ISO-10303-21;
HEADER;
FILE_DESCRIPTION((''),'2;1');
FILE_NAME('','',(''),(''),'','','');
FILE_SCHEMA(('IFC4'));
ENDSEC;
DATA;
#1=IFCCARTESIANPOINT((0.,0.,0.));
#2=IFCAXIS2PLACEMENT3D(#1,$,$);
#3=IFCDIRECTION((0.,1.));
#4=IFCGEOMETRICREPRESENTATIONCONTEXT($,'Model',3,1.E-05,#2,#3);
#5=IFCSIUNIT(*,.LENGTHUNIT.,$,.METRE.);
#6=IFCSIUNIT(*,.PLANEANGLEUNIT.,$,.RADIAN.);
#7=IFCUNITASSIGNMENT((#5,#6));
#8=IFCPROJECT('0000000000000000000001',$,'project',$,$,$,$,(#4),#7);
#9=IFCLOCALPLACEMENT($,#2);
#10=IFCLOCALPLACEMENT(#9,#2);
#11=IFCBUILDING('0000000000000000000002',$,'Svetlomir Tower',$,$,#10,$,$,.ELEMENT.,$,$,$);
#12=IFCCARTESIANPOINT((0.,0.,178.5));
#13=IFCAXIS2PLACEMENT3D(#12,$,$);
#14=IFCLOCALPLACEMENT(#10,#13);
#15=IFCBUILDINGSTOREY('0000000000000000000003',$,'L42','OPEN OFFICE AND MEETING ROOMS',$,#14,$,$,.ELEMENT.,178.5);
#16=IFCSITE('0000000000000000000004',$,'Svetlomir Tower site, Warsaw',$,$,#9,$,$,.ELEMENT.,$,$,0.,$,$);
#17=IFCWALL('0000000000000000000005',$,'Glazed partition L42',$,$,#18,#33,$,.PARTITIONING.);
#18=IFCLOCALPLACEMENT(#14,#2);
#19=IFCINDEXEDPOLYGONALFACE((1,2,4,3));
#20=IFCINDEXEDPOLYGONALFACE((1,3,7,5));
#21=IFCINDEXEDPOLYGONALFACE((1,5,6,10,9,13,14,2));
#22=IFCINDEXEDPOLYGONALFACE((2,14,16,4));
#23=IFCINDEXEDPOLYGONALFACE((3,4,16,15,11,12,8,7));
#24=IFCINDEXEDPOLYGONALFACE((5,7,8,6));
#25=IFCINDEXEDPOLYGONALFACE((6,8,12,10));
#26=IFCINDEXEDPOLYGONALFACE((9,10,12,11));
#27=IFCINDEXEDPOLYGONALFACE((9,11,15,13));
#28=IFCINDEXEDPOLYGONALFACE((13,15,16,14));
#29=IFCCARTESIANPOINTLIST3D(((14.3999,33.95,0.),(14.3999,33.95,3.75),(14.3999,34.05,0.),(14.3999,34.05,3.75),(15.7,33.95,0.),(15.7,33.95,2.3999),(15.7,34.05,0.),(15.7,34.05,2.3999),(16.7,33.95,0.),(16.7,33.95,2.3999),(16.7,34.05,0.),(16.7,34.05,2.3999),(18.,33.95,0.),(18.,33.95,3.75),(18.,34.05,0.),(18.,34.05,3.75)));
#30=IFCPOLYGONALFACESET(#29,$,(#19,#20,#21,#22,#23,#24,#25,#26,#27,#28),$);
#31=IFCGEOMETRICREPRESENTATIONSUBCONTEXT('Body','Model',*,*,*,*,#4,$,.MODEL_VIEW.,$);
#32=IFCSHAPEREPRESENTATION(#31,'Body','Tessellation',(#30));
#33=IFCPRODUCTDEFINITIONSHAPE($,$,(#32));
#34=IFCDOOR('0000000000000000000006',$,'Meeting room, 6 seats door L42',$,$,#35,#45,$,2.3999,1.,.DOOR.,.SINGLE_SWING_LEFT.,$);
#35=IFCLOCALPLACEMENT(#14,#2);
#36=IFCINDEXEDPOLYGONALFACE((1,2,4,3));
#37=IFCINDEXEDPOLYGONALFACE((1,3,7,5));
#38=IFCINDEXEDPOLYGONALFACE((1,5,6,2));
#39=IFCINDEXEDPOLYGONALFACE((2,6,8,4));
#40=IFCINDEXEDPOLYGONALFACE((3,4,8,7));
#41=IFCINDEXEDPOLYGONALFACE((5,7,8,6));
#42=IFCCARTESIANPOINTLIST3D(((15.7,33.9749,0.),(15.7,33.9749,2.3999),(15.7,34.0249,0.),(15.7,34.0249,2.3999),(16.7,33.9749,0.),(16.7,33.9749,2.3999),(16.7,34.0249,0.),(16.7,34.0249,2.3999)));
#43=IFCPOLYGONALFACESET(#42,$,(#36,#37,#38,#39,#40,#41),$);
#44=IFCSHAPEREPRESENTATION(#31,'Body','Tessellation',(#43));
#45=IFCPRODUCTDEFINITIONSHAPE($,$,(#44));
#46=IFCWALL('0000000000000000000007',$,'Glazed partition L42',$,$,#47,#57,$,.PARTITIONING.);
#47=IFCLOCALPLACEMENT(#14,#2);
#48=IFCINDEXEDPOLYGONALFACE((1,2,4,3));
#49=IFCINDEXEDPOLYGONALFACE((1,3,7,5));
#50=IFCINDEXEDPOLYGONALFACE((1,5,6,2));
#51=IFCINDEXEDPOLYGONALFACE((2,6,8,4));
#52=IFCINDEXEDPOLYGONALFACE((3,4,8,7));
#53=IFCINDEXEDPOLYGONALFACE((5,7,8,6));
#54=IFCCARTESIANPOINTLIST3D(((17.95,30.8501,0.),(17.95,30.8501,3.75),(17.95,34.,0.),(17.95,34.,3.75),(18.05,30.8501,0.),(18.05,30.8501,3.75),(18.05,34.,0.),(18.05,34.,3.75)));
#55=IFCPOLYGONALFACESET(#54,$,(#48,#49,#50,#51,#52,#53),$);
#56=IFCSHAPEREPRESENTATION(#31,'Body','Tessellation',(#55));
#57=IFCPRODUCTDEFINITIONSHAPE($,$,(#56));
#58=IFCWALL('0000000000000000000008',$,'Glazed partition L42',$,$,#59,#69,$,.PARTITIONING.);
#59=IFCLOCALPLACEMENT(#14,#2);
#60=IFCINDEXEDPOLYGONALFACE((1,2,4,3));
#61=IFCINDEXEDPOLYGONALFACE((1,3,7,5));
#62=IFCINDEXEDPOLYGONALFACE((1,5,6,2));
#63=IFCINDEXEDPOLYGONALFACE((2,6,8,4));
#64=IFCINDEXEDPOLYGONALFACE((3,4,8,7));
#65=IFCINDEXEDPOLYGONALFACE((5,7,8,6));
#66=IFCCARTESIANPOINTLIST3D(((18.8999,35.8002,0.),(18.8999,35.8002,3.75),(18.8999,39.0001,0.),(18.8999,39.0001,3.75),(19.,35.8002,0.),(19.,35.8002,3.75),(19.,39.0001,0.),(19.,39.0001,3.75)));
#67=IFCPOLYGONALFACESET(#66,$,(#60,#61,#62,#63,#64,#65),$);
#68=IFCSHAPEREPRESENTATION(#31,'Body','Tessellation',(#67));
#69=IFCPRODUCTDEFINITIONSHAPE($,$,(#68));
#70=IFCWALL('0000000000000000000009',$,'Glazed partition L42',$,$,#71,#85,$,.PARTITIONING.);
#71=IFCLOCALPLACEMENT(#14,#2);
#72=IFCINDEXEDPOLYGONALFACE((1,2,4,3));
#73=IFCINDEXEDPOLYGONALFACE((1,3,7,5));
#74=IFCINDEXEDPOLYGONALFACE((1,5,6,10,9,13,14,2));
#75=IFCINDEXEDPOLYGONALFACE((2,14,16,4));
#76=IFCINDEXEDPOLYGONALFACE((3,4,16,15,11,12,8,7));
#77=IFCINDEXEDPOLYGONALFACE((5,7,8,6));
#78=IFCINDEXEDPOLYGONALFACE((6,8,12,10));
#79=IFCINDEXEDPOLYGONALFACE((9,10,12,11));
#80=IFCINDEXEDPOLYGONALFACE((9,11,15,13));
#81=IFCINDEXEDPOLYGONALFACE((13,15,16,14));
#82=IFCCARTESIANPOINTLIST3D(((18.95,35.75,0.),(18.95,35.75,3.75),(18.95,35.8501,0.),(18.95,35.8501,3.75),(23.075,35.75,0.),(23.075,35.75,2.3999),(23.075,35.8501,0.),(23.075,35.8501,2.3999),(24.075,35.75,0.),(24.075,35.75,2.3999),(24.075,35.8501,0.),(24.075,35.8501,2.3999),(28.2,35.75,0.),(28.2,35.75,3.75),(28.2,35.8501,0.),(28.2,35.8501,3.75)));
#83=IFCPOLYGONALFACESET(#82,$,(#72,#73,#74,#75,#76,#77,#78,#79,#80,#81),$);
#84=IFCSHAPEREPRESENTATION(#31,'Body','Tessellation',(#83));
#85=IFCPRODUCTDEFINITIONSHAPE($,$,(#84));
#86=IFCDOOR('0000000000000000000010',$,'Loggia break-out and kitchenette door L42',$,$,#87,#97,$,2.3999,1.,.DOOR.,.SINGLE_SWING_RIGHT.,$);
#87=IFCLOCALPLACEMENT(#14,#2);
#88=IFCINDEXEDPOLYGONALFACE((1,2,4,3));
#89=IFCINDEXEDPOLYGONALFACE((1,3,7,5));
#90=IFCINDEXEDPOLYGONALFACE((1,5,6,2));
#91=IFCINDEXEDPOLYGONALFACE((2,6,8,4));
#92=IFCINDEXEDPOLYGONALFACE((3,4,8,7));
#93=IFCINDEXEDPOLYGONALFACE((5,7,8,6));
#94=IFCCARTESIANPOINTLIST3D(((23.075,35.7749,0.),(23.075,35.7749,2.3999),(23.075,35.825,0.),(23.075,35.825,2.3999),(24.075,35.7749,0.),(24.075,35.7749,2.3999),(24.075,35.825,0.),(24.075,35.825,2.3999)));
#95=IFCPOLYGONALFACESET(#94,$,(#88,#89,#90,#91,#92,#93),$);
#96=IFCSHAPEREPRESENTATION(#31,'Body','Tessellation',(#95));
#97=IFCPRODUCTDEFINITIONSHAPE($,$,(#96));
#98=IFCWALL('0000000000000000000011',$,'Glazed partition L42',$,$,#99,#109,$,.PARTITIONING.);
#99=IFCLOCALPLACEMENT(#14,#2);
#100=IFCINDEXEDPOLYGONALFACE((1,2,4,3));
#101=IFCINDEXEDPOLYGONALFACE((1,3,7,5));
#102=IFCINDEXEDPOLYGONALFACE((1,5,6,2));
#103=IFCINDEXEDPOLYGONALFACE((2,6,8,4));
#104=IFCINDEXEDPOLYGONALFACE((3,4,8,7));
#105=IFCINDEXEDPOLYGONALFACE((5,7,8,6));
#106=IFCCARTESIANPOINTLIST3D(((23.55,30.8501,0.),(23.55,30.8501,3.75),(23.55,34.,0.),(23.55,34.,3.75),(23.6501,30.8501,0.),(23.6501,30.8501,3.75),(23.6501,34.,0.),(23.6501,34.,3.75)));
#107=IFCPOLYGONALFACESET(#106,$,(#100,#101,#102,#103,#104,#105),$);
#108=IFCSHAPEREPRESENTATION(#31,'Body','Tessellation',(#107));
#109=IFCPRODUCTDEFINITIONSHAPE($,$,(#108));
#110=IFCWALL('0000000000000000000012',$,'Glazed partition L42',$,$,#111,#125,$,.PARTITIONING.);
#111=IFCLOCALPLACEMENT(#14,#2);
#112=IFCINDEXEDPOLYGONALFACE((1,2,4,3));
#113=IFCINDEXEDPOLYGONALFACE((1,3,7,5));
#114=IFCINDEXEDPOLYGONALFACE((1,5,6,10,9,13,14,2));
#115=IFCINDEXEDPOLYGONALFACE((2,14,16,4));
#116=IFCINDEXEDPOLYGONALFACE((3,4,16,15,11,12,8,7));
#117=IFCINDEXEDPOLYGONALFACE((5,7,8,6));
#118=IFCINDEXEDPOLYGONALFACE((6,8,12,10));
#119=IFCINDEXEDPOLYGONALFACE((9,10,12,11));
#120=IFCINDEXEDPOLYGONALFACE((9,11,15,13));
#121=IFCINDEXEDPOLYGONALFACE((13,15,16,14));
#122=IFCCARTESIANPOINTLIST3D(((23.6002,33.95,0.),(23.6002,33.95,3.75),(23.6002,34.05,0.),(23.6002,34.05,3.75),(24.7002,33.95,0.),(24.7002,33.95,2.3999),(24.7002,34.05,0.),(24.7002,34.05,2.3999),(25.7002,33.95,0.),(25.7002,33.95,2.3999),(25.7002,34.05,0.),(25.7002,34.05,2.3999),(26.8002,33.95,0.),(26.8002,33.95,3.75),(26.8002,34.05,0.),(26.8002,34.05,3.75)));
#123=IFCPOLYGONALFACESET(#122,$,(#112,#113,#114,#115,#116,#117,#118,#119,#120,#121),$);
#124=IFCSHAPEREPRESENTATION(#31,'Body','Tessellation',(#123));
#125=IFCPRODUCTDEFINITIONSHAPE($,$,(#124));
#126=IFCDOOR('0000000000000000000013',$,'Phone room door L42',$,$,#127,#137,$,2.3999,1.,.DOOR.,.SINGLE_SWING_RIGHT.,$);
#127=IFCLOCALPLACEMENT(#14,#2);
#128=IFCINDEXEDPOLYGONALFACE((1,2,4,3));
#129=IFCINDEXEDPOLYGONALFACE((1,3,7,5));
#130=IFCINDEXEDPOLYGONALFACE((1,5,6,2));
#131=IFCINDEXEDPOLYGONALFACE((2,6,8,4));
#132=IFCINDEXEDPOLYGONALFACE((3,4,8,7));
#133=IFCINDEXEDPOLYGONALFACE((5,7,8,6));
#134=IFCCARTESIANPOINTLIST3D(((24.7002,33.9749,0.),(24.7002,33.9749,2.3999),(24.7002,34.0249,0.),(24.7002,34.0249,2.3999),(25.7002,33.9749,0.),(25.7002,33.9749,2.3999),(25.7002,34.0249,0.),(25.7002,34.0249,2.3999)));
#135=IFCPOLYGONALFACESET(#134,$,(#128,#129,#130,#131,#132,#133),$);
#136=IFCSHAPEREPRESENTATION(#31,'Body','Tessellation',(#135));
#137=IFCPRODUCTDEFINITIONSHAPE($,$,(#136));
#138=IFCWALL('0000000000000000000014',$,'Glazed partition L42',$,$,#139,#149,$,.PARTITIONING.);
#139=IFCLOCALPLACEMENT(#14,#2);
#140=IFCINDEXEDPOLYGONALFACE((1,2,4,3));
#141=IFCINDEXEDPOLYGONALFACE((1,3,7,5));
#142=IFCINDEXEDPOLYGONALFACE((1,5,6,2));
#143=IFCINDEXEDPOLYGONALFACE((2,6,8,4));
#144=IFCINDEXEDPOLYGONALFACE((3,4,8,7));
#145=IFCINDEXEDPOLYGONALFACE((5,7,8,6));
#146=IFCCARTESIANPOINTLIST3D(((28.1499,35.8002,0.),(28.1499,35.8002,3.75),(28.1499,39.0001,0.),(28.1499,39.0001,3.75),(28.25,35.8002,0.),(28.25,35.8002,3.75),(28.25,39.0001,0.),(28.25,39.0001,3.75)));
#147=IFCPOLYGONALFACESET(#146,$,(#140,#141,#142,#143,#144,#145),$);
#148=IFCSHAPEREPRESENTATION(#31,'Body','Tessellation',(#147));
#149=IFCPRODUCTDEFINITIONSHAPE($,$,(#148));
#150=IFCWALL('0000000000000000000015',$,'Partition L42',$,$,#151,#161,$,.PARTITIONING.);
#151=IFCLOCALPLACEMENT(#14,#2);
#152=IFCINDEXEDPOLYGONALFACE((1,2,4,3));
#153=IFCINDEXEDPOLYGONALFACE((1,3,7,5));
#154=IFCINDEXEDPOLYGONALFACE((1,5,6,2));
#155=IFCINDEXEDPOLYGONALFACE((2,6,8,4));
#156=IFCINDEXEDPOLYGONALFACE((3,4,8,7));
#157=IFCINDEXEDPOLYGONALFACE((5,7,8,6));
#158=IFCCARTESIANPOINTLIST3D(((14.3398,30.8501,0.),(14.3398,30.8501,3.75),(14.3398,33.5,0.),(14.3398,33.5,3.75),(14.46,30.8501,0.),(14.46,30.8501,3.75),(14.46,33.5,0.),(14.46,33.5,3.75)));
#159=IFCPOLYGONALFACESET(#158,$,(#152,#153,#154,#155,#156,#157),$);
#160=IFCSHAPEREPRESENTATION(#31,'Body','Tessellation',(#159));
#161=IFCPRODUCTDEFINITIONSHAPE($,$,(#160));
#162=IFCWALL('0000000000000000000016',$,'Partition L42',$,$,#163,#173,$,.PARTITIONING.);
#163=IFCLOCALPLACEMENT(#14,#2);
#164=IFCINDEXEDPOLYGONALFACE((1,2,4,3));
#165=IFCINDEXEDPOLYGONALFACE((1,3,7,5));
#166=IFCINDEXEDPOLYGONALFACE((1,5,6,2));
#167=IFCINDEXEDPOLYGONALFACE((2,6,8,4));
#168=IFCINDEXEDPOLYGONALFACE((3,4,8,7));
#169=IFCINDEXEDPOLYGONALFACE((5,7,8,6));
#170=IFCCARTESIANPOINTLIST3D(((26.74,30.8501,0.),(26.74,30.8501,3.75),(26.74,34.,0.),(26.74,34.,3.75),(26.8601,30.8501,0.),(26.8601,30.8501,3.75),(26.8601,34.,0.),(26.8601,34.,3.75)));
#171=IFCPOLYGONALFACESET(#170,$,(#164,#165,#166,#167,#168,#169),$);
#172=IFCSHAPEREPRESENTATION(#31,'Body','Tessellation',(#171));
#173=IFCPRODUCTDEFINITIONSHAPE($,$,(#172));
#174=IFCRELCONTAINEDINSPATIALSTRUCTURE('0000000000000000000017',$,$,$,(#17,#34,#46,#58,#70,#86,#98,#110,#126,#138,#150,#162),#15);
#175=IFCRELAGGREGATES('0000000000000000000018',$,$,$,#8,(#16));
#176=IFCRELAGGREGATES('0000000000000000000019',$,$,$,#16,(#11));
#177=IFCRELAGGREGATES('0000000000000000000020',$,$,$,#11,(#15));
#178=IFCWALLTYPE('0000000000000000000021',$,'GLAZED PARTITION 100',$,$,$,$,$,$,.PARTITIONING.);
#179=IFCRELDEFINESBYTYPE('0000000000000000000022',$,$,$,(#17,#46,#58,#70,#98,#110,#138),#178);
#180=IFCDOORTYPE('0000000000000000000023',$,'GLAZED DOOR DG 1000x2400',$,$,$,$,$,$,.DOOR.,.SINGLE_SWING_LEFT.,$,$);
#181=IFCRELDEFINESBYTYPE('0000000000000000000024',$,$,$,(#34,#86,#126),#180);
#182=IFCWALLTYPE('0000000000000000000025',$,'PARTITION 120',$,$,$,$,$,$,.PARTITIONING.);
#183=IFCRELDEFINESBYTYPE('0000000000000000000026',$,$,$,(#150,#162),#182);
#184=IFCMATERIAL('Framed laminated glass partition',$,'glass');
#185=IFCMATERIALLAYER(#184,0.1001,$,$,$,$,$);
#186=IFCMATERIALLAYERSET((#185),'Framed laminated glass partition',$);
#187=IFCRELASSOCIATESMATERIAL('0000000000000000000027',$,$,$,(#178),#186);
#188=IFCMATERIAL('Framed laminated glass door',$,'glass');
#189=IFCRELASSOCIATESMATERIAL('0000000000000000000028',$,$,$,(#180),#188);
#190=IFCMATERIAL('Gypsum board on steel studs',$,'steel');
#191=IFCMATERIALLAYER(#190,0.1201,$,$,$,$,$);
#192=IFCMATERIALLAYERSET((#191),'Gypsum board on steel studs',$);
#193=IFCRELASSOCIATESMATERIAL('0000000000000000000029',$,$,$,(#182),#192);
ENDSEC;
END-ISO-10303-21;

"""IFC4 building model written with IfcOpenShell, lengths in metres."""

from ifc_helpers import new_model, si_unit, direction, frame, frame_2d, origin, place, context, subcontext, project, spatial, rectangle, extrude, material, layer, layer_set, type_object, element, fill, save


model = new_model("IFC4")

# Units and contexts
model_context = context("Model", 3, precision=1e-05, world=origin(), true_north=direction((0.0, 1.0)))
body_context = subcontext(model_context, "Body", "Model", "MODEL_VIEW")
ifc_project = project(units=[si_unit("LENGTHUNIT", "METRE"), si_unit("PLANEANGLEUNIT", "RADIAN")], contexts=[model_context])

# Site, building, storey
site_placement = place(None, origin())
site = spatial("IfcSite", under=ifc_project, at=site_placement, Name="Svetlomir Tower site, Warsaw", CompositionType="ELEMENT", RefElevation=0.0)
building_placement = place(site_placement, origin())
building = spatial("IfcBuilding", under=site, at=building_placement, Name="Svetlomir Tower", CompositionType="ELEMENT")
storey_placement = place(building_placement, frame((0.0, 0.0, 178.5)))
storey = spatial("IfcBuildingStorey", under=building, at=storey_placement, Name="L42", Description="OPEN OFFICE AND MEETING ROOMS", CompositionType="ELEMENT", Elevation=178.5)

# Shared definitions
ifc_material_1 = material(Name="Framed laminated glass partition", Category="glass")
ifc_layer_1 = layer(ifc_material_1, 0.1001)
ifc_layer_set_1 = layer_set([ifc_layer_1], Name="Framed laminated glass partition")
wall_type_1 = type_object("IfcWallType", Name="GLAZED PARTITION 100", PredefinedType="PARTITIONING", material=ifc_layer_set_1)

# Wall, opening, door
wall_1_placement = place(storey_placement, frame((14.3999, 34.0, 0.0), z_axis=(0.0, 0.0, 1.0), x_axis=(1.0, 0.0, 0.0)))
wall_1 = element("IfcWall", 1, at=wall_1_placement, inside=storey, type_object=wall_type_1, Name="Glazed partition L42", PredefinedType="PARTITIONING", context=body_context, shape_type="SweptSolid", body=[
    extrude(rectangle(XDim=3.6001, YDim=0.1001, at=frame_2d((1.8, 0.0))), origin(), (0.0, 0.0, 1.0), 3.75),
])
opening_1_placement = place(wall_1_placement, frame((1.3, 0.0, 0.0)))
opening_1 = element("IfcOpeningElement", 2, at=opening_1_placement, cuts=wall_1, PredefinedType="OPENING", context=body_context, shape_type="SweptSolid", body=[
    extrude(rectangle(XDim=1.0, YDim=2.3999, at=frame_2d((0.5, 1.2))), frame((0.0, 0.0601, 0.0), z_axis=(0.0, -1.0, 0.0), x_axis=(1.0, 0.0, 0.0)), (0.0, 0.0, 1.0), 0.1201),
])
ifc_material_2 = material(Name="Framed laminated glass door", Category="glass")
door_type_1 = type_object("IfcDoorType", Name="GLAZED DOOR DG 1000x2400", OperationType="SINGLE_SWING_LEFT", PredefinedType="DOOR", material=ifc_material_2)
door_1_placement = place(opening_1_placement, origin())
door_1 = element("IfcDoor", 3, at=door_1_placement, inside=storey, type_object=door_type_1, Name="Meeting room, 6 seats door L42", OperationType="SINGLE_SWING_LEFT", OverallHeight=2.3999, OverallWidth=1.0, PredefinedType="DOOR", context=body_context, shape_type="SweptSolid", body=[
    extrude(rectangle(XDim=1.0, YDim=2.3999, at=frame_2d((0.5, 1.2))), frame((0.0, 0.0249, 0.0), z_axis=(0.0, -1.0, 0.0), x_axis=(1.0, 0.0, 0.0)), (0.0, 0.0, 1.0), 0.05),
])
fill(opening_1, door_1)

# Walls
wall_2_placement = place(storey_placement, frame((18.0, 30.8501, 0.0), z_axis=(0.0, 0.0, 1.0), x_axis=(0.0, 1.0, 0.0)))
element("IfcWall", 4, at=wall_2_placement, inside=storey, type_object=wall_type_1, Name="Glazed partition L42", PredefinedType="PARTITIONING", context=body_context, shape_type="SweptSolid", body=[
    extrude(rectangle(XDim=3.1499, YDim=0.1001, at=frame_2d((1.575, 0.0))), origin(), (0.0, 0.0, 1.0), 3.75),
])
wall_3_placement = place(storey_placement, frame((18.95, 35.8, 0.0), z_axis=(0.0, 0.0, 1.0), x_axis=(0.0, 1.0, 0.0)))
element("IfcWall", 5, at=wall_3_placement, inside=storey, type_object=wall_type_1, Name="Glazed partition L42", PredefinedType="PARTITIONING", context=body_context, shape_type="SweptSolid", body=[
    extrude(rectangle(XDim=3.2, YDim=0.1001, at=frame_2d((1.6001, 0.0))), origin(), (0.0, 0.0, 1.0), 3.75),
])

# Wall, opening, door
wall_4_placement = place(storey_placement, frame((18.95, 35.8, 0.0), z_axis=(0.0, 0.0, 1.0), x_axis=(1.0, 0.0, 0.0)))
wall_4 = element("IfcWall", 6, at=wall_4_placement, inside=storey, type_object=wall_type_1, Name="Glazed partition L42", PredefinedType="PARTITIONING", context=body_context, shape_type="SweptSolid", body=[
    extrude(rectangle(XDim=9.25, YDim=0.1001, at=frame_2d((4.625, 0.0))), origin(), (0.0, 0.0, 1.0), 3.75),
])
opening_2_placement = place(wall_4_placement, frame((4.125, 0.0, 0.0)))
opening_2 = element("IfcOpeningElement", 7, at=opening_2_placement, cuts=wall_4, PredefinedType="OPENING", context=body_context, shape_type="SweptSolid", body=[
    extrude(rectangle(XDim=1.0, YDim=2.3999, at=frame_2d((0.5, 1.2))), frame((0.0, 0.0601, 0.0), z_axis=(0.0, -1.0, 0.0), x_axis=(1.0, 0.0, 0.0)), (0.0, 0.0, 1.0), 0.1201),
])
door_2_placement = place(opening_2_placement, origin())
door_2 = element("IfcDoor", 8, at=door_2_placement, inside=storey, type_object=door_type_1, Name="Loggia break-out and kitchenette door L42", OperationType="SINGLE_SWING_RIGHT", OverallHeight=2.3999, OverallWidth=1.0, PredefinedType="DOOR", context=body_context, shape_type="SweptSolid", body=[
    extrude(rectangle(XDim=1.0, YDim=2.3999, at=frame_2d((0.5, 1.2))), frame((0.0, 0.0249, 0.0), z_axis=(0.0, -1.0, 0.0), x_axis=(1.0, 0.0, 0.0)), (0.0, 0.0, 1.0), 0.05),
])
fill(opening_2, door_2)

# Wall
wall_5_placement = place(storey_placement, frame((23.6001, 30.8501, 0.0), z_axis=(0.0, 0.0, 1.0), x_axis=(0.0, 1.0, 0.0)))
element("IfcWall", 9, at=wall_5_placement, inside=storey, type_object=wall_type_1, Name="Glazed partition L42", PredefinedType="PARTITIONING", context=body_context, shape_type="SweptSolid", body=[
    extrude(rectangle(XDim=3.1499, YDim=0.1001, at=frame_2d((1.575, 0.0))), origin(), (0.0, 0.0, 1.0), 3.75),
])

# Wall, opening, door
wall_6_placement = place(storey_placement, frame((23.6001, 34.0, 0.0), z_axis=(0.0, 0.0, 1.0), x_axis=(1.0, 0.0, 0.0)))
wall_6 = element("IfcWall", 10, at=wall_6_placement, inside=storey, type_object=wall_type_1, Name="Glazed partition L42", PredefinedType="PARTITIONING", context=body_context, shape_type="SweptSolid", body=[
    extrude(rectangle(XDim=3.2, YDim=0.1001, at=frame_2d((1.6001, 0.0))), origin(), (0.0, 0.0, 1.0), 3.75),
])
opening_3_placement = place(wall_6_placement, frame((1.1001, 0.0, 0.0)))
opening_3 = element("IfcOpeningElement", 11, at=opening_3_placement, cuts=wall_6, PredefinedType="OPENING", context=body_context, shape_type="SweptSolid", body=[
    extrude(rectangle(XDim=1.0, YDim=2.3999, at=frame_2d((0.5, 1.2))), frame((0.0, 0.0601, 0.0), z_axis=(0.0, -1.0, 0.0), x_axis=(1.0, 0.0, 0.0)), (0.0, 0.0, 1.0), 0.1201),
])
door_3_placement = place(opening_3_placement, origin())
door_3 = element("IfcDoor", 12, at=door_3_placement, inside=storey, type_object=door_type_1, Name="Phone room door L42", OperationType="SINGLE_SWING_RIGHT", OverallHeight=2.3999, OverallWidth=1.0, PredefinedType="DOOR", context=body_context, shape_type="SweptSolid", body=[
    extrude(rectangle(XDim=1.0, YDim=2.3999, at=frame_2d((0.5, 1.2))), frame((0.0, 0.0249, 0.0), z_axis=(0.0, -1.0, 0.0), x_axis=(1.0, 0.0, 0.0)), (0.0, 0.0, 1.0), 0.05),
])
fill(opening_3, door_3)

# Walls
wall_7_placement = place(storey_placement, frame((28.2, 35.8, 0.0), z_axis=(0.0, 0.0, 1.0), x_axis=(0.0, 1.0, 0.0)))
element("IfcWall", 13, at=wall_7_placement, inside=storey, type_object=wall_type_1, Name="Glazed partition L42", PredefinedType="PARTITIONING", context=body_context, shape_type="SweptSolid", body=[
    extrude(rectangle(XDim=3.2, YDim=0.1001, at=frame_2d((1.6001, 0.0))), origin(), (0.0, 0.0, 1.0), 3.75),
])
ifc_material_3 = material(Name="Gypsum board on steel studs", Category="steel")
ifc_layer_2 = layer(ifc_material_3, 0.1201)
ifc_layer_set_2 = layer_set([ifc_layer_2], Name="Gypsum board on steel studs")
wall_type_2 = type_object("IfcWallType", Name="PARTITION 120", PredefinedType="PARTITIONING", material=ifc_layer_set_2)
wall_8_placement = place(storey_placement, frame((14.3999, 30.8501, 0.0), z_axis=(0.0, 0.0, 1.0), x_axis=(0.0, 1.0, 0.0)))
element("IfcWall", 14, at=wall_8_placement, inside=storey, type_object=wall_type_2, Name="Partition L42", PredefinedType="PARTITIONING", context=body_context, shape_type="SweptSolid", body=[
    extrude(rectangle(XDim=2.6499, YDim=0.1201, at=frame_2d((1.325, 0.0))), origin(), (0.0, 0.0, 1.0), 3.75),
])
wall_9_placement = place(storey_placement, frame((26.8, 30.8501, 0.0), z_axis=(0.0, 0.0, 1.0), x_axis=(0.0, 1.0, 0.0)))
element("IfcWall", 15, at=wall_9_placement, inside=storey, type_object=wall_type_2, Name="Partition L42", PredefinedType="PARTITIONING", context=body_context, shape_type="SweptSolid", body=[
    extrude(rectangle(XDim=3.1499, YDim=0.1201, at=frame_2d((1.575, 0.0))), origin(), (0.0, 0.0, 1.0), 3.75),
])

save(model, "model.ifc")
